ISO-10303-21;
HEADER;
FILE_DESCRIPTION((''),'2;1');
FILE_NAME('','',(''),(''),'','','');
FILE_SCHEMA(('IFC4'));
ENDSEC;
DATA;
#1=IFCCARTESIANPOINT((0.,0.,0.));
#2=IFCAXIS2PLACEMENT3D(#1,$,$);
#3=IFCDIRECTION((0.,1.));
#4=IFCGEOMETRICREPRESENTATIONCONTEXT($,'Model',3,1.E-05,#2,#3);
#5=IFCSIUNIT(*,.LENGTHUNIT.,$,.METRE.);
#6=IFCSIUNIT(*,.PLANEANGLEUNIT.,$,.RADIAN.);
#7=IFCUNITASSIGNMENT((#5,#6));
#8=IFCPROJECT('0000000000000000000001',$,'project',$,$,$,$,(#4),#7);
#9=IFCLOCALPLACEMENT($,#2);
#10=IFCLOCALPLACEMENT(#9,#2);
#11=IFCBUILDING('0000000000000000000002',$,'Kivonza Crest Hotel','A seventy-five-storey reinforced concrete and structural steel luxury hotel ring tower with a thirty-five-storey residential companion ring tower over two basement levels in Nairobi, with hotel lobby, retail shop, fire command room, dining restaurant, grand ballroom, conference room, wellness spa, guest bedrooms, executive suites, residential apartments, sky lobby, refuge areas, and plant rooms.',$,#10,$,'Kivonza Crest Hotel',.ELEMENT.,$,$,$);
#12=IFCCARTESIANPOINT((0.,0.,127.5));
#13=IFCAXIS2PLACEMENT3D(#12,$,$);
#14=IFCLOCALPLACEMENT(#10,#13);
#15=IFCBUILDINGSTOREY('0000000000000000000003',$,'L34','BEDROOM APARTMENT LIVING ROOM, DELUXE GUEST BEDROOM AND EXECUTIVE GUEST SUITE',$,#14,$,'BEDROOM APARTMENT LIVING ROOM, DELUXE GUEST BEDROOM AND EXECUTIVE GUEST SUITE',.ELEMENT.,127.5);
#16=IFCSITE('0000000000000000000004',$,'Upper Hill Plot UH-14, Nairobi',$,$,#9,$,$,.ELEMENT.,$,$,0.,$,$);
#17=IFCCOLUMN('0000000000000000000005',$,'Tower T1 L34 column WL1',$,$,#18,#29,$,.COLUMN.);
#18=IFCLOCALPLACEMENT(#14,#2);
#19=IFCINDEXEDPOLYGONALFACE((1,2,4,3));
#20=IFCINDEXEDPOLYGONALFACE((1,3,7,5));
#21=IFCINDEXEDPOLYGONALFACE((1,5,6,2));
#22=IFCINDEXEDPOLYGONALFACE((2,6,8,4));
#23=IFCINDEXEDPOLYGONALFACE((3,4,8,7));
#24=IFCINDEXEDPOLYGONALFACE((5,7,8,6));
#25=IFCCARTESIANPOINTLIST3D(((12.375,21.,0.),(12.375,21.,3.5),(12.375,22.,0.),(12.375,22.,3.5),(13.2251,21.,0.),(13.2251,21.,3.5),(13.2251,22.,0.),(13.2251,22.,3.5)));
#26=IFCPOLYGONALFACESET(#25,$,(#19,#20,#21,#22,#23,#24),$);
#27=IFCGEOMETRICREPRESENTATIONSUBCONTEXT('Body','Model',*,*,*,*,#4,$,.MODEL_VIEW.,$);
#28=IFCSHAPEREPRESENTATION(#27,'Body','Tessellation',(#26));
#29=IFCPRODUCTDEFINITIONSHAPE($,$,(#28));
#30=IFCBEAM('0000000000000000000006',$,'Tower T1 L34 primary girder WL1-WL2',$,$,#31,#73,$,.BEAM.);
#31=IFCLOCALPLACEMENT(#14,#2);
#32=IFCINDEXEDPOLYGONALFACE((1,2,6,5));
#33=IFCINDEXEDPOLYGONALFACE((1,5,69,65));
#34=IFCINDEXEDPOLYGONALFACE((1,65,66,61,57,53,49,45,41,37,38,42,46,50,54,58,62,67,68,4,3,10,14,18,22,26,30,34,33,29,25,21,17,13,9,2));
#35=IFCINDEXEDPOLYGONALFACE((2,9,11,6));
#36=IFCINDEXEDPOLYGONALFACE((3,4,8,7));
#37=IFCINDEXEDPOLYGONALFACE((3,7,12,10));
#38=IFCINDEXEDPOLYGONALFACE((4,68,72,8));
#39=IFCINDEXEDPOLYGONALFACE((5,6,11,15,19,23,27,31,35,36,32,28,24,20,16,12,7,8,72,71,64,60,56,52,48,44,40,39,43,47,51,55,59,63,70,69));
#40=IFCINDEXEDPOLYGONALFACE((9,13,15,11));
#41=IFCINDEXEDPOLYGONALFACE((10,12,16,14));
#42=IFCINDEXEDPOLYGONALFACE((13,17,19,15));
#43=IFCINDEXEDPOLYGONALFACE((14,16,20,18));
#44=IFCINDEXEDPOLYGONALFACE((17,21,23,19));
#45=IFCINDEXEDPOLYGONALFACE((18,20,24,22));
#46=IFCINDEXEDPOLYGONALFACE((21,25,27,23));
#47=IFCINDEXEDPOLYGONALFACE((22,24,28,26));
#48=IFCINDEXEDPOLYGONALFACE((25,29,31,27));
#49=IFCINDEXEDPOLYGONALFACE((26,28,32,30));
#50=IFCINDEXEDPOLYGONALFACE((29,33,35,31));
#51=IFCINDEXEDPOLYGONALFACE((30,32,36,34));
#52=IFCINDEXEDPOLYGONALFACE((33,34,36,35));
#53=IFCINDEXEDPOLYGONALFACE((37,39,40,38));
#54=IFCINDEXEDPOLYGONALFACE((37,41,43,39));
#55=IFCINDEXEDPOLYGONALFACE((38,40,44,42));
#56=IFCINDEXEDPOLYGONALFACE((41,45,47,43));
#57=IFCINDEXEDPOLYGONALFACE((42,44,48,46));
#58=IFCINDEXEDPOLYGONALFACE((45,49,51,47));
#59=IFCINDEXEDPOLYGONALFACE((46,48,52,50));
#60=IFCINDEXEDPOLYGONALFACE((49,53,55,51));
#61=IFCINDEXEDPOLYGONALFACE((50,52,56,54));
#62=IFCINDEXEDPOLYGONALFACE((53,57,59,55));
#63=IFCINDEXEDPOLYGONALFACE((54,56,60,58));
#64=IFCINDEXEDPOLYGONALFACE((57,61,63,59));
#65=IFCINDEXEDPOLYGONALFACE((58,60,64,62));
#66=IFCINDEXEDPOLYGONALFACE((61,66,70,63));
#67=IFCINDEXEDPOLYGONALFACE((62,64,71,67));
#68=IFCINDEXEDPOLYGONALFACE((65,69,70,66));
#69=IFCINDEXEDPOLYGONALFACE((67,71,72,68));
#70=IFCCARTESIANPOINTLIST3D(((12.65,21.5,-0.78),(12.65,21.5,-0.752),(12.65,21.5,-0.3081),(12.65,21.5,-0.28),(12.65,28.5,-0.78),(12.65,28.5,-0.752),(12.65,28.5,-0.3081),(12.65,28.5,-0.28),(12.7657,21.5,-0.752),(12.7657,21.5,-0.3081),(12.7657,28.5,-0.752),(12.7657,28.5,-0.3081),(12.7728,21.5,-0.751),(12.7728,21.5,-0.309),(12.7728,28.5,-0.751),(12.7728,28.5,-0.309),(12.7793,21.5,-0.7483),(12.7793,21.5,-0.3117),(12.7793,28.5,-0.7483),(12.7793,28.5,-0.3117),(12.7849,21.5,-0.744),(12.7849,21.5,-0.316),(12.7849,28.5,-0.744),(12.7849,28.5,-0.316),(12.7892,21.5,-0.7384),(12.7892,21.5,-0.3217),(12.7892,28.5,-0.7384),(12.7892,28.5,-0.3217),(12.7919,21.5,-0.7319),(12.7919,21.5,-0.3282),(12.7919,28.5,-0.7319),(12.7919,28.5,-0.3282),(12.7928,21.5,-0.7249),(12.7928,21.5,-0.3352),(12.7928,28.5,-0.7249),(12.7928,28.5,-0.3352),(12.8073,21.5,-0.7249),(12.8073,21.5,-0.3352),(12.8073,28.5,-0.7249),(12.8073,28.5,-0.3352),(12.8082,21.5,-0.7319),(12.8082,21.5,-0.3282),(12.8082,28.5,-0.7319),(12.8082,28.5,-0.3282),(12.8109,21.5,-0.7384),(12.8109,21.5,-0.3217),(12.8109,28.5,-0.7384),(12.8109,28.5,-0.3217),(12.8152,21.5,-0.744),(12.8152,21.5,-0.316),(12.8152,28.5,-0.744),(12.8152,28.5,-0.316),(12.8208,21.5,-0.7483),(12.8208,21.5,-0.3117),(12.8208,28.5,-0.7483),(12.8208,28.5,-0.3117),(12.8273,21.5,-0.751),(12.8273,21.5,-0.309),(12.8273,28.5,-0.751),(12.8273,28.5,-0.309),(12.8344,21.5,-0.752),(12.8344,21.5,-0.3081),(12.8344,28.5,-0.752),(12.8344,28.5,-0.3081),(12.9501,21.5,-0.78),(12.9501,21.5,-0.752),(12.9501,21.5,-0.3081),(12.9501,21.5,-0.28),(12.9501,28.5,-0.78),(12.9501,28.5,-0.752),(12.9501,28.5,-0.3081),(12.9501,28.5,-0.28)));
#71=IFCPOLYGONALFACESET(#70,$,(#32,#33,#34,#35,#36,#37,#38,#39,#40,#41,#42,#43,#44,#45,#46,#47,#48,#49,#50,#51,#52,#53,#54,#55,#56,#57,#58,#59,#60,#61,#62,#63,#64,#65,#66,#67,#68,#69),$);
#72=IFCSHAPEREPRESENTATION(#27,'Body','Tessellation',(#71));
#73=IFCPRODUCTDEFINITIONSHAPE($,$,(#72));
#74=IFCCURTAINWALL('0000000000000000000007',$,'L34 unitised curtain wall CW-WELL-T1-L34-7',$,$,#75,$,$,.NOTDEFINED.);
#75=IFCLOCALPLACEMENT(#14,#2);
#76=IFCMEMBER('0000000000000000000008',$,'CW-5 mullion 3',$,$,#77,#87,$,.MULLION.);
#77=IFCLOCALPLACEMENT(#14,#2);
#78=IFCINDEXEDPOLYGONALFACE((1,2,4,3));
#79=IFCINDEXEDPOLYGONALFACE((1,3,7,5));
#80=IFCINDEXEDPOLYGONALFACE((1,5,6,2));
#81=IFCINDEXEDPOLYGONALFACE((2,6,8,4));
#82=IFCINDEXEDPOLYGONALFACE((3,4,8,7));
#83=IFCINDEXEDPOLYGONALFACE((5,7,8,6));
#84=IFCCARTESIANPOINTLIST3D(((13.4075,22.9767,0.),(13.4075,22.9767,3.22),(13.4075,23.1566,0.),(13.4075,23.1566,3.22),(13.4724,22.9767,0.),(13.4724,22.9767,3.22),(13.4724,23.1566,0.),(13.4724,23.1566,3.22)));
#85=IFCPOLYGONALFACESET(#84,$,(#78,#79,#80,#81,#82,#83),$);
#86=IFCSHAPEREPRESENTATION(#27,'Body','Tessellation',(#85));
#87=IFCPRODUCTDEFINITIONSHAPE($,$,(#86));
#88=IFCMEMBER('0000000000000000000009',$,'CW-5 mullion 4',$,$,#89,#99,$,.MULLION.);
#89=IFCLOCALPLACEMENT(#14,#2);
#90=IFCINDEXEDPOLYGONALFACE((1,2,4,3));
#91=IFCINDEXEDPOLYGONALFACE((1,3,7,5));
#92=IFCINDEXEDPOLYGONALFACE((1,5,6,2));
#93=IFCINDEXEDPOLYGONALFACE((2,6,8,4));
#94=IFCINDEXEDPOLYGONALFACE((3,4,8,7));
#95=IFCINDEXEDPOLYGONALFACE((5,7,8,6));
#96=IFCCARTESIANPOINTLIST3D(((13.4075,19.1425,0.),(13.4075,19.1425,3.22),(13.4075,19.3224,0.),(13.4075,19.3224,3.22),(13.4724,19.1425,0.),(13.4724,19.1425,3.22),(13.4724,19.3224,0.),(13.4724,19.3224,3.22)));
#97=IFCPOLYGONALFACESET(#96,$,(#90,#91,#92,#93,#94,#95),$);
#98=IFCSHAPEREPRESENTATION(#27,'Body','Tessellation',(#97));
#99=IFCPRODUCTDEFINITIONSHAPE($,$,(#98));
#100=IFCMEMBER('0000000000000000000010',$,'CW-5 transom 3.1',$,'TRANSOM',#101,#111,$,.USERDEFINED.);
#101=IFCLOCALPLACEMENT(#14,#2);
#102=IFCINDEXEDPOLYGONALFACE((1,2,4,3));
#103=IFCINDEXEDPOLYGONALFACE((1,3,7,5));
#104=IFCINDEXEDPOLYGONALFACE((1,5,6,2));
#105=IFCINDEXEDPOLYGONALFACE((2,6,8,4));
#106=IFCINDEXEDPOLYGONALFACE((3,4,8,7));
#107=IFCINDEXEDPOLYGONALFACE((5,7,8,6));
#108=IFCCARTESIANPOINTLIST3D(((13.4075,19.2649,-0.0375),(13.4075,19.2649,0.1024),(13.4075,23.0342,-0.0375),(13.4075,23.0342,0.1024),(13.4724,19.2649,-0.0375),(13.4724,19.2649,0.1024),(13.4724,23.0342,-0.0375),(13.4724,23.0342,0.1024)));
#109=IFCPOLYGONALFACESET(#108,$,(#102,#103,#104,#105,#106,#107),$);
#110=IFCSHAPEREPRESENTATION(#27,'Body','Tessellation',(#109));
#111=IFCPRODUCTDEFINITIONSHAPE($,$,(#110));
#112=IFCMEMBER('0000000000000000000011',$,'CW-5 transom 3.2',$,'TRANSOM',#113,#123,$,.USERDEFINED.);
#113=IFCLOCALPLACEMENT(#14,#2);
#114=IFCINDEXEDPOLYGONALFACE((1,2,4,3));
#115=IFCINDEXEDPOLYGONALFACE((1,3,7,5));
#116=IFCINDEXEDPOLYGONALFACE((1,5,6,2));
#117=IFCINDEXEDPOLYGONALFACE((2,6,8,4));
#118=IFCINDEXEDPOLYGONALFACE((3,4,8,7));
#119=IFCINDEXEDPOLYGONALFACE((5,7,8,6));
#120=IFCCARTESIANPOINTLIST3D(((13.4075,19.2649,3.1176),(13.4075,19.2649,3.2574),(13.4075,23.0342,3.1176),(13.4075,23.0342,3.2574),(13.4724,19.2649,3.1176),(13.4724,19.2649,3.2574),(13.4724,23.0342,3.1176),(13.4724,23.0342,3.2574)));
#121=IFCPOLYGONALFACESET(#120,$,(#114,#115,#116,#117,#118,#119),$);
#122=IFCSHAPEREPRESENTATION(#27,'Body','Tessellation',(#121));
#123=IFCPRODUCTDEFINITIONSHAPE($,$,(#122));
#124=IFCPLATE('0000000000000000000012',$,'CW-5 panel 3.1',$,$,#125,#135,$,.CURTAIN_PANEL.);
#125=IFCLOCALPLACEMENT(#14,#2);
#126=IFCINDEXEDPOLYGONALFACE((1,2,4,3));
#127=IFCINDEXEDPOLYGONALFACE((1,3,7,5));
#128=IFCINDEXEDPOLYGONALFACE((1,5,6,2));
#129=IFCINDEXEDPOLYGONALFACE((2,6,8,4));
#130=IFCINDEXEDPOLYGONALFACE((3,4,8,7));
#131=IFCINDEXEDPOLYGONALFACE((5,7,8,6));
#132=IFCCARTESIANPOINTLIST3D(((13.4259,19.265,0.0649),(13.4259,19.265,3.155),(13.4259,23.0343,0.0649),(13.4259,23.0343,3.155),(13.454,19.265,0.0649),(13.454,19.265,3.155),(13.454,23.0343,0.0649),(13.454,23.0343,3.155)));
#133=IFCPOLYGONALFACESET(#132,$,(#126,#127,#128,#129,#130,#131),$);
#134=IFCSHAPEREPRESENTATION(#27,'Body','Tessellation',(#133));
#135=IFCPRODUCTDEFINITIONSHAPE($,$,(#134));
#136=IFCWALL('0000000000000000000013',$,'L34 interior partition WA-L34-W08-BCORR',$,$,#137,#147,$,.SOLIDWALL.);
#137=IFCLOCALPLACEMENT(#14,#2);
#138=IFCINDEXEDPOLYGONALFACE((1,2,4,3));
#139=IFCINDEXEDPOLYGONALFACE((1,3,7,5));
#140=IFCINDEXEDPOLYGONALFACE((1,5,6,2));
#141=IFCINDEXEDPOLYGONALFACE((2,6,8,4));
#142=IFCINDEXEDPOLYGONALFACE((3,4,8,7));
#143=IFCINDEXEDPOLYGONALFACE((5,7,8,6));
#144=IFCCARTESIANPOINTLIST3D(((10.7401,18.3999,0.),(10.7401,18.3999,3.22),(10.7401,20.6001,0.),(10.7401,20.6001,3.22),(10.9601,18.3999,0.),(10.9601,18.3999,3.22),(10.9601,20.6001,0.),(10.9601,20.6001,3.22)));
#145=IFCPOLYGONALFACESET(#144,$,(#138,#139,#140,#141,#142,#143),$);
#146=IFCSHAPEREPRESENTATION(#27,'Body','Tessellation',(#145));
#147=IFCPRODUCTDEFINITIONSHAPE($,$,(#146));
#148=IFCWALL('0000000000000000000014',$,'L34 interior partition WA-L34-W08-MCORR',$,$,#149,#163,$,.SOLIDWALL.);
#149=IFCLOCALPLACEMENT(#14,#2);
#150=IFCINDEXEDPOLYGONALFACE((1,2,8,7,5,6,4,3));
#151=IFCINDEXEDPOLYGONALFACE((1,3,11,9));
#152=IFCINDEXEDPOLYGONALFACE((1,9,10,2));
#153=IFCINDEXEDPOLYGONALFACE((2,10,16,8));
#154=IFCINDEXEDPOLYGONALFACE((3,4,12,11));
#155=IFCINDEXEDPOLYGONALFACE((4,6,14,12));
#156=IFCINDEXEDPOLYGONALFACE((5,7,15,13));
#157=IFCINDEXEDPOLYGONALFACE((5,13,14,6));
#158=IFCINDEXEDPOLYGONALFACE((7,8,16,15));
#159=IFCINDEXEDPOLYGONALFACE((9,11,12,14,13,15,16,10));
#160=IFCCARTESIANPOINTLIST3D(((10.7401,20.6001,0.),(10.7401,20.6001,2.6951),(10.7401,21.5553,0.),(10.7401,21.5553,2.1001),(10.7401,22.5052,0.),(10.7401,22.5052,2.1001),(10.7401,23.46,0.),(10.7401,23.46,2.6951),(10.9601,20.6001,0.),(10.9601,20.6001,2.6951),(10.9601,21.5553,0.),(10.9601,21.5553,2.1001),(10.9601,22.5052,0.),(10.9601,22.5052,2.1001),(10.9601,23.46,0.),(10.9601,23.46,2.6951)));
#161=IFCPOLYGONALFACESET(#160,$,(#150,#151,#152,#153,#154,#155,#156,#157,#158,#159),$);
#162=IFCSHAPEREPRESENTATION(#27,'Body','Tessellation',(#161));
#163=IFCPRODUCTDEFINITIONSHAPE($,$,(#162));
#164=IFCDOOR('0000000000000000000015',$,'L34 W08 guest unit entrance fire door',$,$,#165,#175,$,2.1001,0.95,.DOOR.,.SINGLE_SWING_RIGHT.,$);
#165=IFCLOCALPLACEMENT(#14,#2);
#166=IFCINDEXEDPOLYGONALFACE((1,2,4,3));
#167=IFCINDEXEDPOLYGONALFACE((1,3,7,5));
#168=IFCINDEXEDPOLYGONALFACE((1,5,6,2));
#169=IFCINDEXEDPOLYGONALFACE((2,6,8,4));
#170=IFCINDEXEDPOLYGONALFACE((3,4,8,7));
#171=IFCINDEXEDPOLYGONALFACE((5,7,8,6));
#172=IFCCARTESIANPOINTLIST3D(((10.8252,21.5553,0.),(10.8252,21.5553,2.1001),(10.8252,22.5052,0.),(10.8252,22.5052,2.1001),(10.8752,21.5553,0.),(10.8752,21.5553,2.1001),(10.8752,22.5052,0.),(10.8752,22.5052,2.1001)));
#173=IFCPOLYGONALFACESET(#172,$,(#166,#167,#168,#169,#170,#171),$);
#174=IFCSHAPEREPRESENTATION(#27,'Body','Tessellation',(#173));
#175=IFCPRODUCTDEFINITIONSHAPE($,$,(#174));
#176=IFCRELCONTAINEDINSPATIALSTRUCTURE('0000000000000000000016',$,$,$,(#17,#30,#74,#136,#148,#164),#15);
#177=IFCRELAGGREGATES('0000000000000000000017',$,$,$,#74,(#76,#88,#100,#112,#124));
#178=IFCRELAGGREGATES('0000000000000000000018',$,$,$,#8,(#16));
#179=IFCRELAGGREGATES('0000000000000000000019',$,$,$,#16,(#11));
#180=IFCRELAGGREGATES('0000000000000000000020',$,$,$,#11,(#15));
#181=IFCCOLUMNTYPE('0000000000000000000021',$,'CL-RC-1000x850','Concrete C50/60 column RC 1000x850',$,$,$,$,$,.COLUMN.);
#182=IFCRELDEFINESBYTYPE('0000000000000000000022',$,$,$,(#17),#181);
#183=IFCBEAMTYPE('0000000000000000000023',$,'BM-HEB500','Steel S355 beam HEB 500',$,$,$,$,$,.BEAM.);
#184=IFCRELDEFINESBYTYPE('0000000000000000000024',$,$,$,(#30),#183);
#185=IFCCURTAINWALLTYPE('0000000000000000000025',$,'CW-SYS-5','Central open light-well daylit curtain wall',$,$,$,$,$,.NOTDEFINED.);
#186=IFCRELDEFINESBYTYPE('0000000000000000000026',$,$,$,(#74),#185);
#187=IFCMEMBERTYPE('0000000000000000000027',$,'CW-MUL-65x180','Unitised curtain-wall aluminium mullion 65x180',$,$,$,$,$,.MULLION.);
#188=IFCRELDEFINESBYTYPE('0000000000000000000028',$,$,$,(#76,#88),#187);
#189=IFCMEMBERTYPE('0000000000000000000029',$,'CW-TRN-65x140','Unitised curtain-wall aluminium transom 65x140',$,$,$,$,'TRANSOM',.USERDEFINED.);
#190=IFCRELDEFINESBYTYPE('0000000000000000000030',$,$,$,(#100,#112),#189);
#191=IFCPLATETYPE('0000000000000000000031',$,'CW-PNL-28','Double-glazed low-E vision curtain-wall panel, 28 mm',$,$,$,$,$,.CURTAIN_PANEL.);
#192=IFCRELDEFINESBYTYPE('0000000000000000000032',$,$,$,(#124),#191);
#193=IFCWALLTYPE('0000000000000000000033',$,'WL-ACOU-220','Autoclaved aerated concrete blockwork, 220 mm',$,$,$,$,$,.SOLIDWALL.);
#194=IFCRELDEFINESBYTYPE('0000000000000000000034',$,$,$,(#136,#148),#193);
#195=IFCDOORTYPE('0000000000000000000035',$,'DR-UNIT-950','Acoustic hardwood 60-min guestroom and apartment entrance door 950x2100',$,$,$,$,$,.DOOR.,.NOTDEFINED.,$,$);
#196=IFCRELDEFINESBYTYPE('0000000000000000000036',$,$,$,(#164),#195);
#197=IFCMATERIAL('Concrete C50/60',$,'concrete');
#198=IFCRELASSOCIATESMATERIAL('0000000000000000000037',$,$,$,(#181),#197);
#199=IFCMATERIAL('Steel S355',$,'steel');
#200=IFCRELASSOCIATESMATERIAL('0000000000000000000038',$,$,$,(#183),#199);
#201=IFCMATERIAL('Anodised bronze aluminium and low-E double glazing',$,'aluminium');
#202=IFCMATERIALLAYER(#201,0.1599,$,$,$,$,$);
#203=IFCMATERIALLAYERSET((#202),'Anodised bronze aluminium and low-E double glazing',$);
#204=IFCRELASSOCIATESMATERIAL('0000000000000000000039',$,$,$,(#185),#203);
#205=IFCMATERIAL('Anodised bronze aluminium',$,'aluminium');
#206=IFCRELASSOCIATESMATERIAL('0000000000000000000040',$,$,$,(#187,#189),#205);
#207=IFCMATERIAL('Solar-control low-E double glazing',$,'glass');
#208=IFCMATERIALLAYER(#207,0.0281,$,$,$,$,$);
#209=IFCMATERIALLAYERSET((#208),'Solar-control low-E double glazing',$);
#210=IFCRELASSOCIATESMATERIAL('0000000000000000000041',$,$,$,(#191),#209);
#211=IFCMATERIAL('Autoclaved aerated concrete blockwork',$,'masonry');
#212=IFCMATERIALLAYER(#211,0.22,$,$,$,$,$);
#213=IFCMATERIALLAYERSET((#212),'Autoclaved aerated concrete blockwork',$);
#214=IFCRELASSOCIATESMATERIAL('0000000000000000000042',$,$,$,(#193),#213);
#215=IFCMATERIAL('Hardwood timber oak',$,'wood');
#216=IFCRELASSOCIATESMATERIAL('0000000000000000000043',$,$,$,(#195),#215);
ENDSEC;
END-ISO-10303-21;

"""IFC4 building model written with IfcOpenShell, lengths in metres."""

from ifc_helpers import new_model, si_unit, direction, frame, frame_2d, origin, origin_2d, place, context, subcontext, project, spatial, rectangle, i_section, extrude, material, layer, layer_set, material_profile, profile_set, type_object, element, fill, aggregate, save


model = new_model("IFC4")

# Units and contexts
model_context = context("Model", 3, precision=1e-05, world=origin(), true_north=direction((0.0, 1.0)))
body_context = subcontext(model_context, "Body", "Model", "MODEL_VIEW")
ifc_project = project(units=[si_unit("LENGTHUNIT", "METRE"), si_unit("PLANEANGLEUNIT", "RADIAN")], contexts=[model_context])

# Site, building, storey
site_placement = place(None, origin())
site = spatial("IfcSite", under=ifc_project, at=site_placement, Name="Upper Hill Plot UH-14, Nairobi", CompositionType="ELEMENT", RefElevation=0.0)
building_placement = place(site_placement, origin())
building = spatial("IfcBuilding", under=site, at=building_placement, Name="Kivonza Crest Hotel", Description="A seventy-five-storey reinforced concrete and structural steel luxury hotel ring tower with a thirty-five-storey residential companion ring tower over two basement levels in Nairobi, with hotel lobby, retail shop, fire command room, dining restaurant, grand ballroom, conference room, wellness spa, guest bedrooms, executive suites, residential apartments, sky lobby, refuge areas, and plant rooms.", LongName="Kivonza Crest Hotel", CompositionType="ELEMENT")
storey_placement = place(building_placement, frame((0.0, 0.0, 127.5)))
storey = spatial("IfcBuildingStorey", under=building, at=storey_placement, Name="L34", Description="BEDROOM APARTMENT LIVING ROOM, DELUXE GUEST BEDROOM AND EXECUTIVE GUEST SUITE", LongName="BEDROOM APARTMENT LIVING ROOM, DELUXE GUEST BEDROOM AND EXECUTIVE GUEST SUITE", CompositionType="ELEMENT", Elevation=127.5)

# Column
ifc_material_1 = material(Name="Concrete C50/60", Category="concrete")
ifc_material_profile_1 = material_profile(ifc_material_1, rectangle(XDim=0.8501, YDim=1.0, at=origin_2d()), Name="RC 1000x850")
ifc_profile_set_1 = profile_set([ifc_material_profile_1], Name="Concrete C50/60")
column_type = type_object("IfcColumnType", Name="CL-RC-1000x850", Description="Concrete C50/60 column RC 1000x850", PredefinedType="COLUMN", material=ifc_profile_set_1)
column_placement = place(storey_placement, frame((12.8, 21.5, 0.0), z_axis=(0.0, 0.0, 1.0), x_axis=(1.0, 0.0, 0.0)))
element("IfcColumn", 1, at=column_placement, inside=storey, type_object=column_type, Name="Tower T1 L34 column WL1", PredefinedType="COLUMN", context=body_context, shape_type="SweptSolid", body=[
    extrude(rectangle(XDim=0.8501, YDim=1.0, at=origin_2d()), origin(), (0.0, 0.0, 1.0), 3.5),
])

# Beam
ifc_material_2 = material(Name="Steel S355", Category="steel")
ifc_material_profile_2 = material_profile(ifc_material_2, i_section(OverallWidth=0.3, OverallDepth=0.5, WebThickness=0.0144, FlangeThickness=0.0281, FilletRadius=0.0271, at=origin_2d()), Name="HEB 500")
ifc_profile_set_2 = profile_set([ifc_material_profile_2], Name="Steel S355")
beam_type = type_object("IfcBeamType", Name="BM-HEB500", Description="Steel S355 beam HEB 500", PredefinedType="BEAM", material=ifc_profile_set_2)
beam_placement = place(storey_placement, frame((12.8, 21.5, -0.53), z_axis=(0.0, 1.0, 0.0), x_axis=(-1.0, 0.0, 0.0)))
element("IfcBeam", 2, at=beam_placement, inside=storey, type_object=beam_type, Name="Tower T1 L34 primary girder WL1-WL2", PredefinedType="BEAM", context=body_context, shape_type="SweptSolid", body=[
    extrude(i_section(OverallWidth=0.3, OverallDepth=0.5, WebThickness=0.0144, FlangeThickness=0.0281, FilletRadius=0.0271, at=origin_2d()), origin(), (0.0, 0.0, 1.0), 7.0),
])

# Curtain wall, members, plate
ifc_material_3 = material(Name="Anodised bronze aluminium and low-E double glazing", Category="aluminium")
ifc_layer_1 = layer(ifc_material_3, 0.1599)
ifc_layer_set_1 = layer_set([ifc_layer_1], Name="Anodised bronze aluminium and low-E double glazing")
curtain_wall_type = type_object("IfcCurtainWallType", Name="CW-SYS-5", Description="Central open light-well daylit curtain wall", PredefinedType="NOTDEFINED", material=ifc_layer_set_1)
curtain_wall_placement = place(storey_placement, origin())
curtain_wall = element("IfcCurtainWall", 3, at=curtain_wall_placement, inside=storey, type_object=curtain_wall_type, Name="L34 unitised curtain wall CW-WELL-T1-L34-7", PredefinedType="NOTDEFINED")
ifc_material_4 = material(Name="Anodised bronze aluminium", Category="aluminium")
ifc_material_profile_3 = material_profile(ifc_material_4, rectangle(XDim=0.0649, YDim=0.1799, at=origin_2d()), Name="CW-M 65x180")
ifc_profile_set_3 = profile_set([ifc_material_profile_3], Name="Anodised bronze aluminium")
member_type_1 = type_object("IfcMemberType", Name="CW-MUL-65x180", Description="Unitised curtain-wall aluminium mullion 65x180", PredefinedType="MULLION", material=ifc_profile_set_3)
member_1_placement = place(storey_placement, frame((13.4399, 23.0667, 0.0), z_axis=(0.0, 0.0, 1.0), x_axis=(1.0, 0.0, 0.0)))
member_1 = element("IfcMember", 4, at=member_1_placement, type_object=member_type_1, Name="CW-5 mullion 3", PredefinedType="MULLION", context=body_context, shape_type="SweptSolid", body=[
    extrude(rectangle(XDim=0.0649, YDim=0.1799, at=origin_2d()), origin(), (0.0, 0.0, 1.0), 3.22),
])
member_2_placement = place(storey_placement, frame((13.4399, 19.2324, 0.0), z_axis=(0.0, 0.0, 1.0), x_axis=(1.0, 0.0, 0.0)))
member_2 = element("IfcMember", 5, at=member_2_placement, type_object=member_type_1, Name="CW-5 mullion 4", PredefinedType="MULLION", context=body_context, shape_type="SweptSolid", body=[
    extrude(rectangle(XDim=0.0649, YDim=0.1799, at=origin_2d()), origin(), (0.0, 0.0, 1.0), 3.22),
])
ifc_material_profile_4 = material_profile(ifc_material_4, rectangle(XDim=0.0649, YDim=0.1399, at=origin_2d()), Name="CW-T 65x140")
ifc_profile_set_4 = profile_set([ifc_material_profile_4], Name="Anodised bronze aluminium")
member_type_2 = type_object("IfcMemberType", Name="CW-TRN-65x140", Description="Unitised curtain-wall aluminium transom 65x140", ElementType="TRANSOM", PredefinedType="USERDEFINED", material=ifc_profile_set_4)
member_3_placement = place(storey_placement, frame((13.4399, 23.0342, 0.0325), z_axis=(0.0, -1.0, 0.0), x_axis=(1.0, 0.0, 0.0)))
member_3 = element("IfcMember", 6, at=member_3_placement, type_object=member_type_2, Name="CW-5 transom 3.1", ObjectType="TRANSOM", PredefinedType="USERDEFINED", context=body_context, shape_type="SweptSolid", body=[
    extrude(rectangle(XDim=0.0649, YDim=0.1399, at=origin_2d()), origin(), (0.0, 0.0, 1.0), 3.7693),
])
member_4_placement = place(storey_placement, frame((13.4399, 23.0342, 3.1875), z_axis=(0.0, -1.0, 0.0), x_axis=(1.0, 0.0, 0.0)))
member_4 = element("IfcMember", 7, at=member_4_placement, type_object=member_type_2, Name="CW-5 transom 3.2", ObjectType="TRANSOM", PredefinedType="USERDEFINED", context=body_context, shape_type="SweptSolid", body=[
    extrude(rectangle(XDim=0.0649, YDim=0.1399, at=origin_2d()), origin(), (0.0, 0.0, 1.0), 3.7693),
])
ifc_material_5 = material(Name="Solar-control low-E double glazing", Category="glass")
ifc_layer_2 = layer(ifc_material_5, 0.0281)
ifc_layer_set_2 = layer_set([ifc_layer_2], Name="Solar-control low-E double glazing")
plate_type = type_object("IfcPlateType", Name="CW-PNL-28", Description="Double-glazed low-E vision curtain-wall panel, 28 mm", PredefinedType="CURTAIN_PANEL", material=ifc_layer_set_2)
plate_placement = place(storey_placement, frame((13.4399, 21.1497, 0.0649), z_axis=(0.0, 0.0, 1.0), x_axis=(0.0, -1.0, 0.0)))
plate = element("IfcPlate", 8, at=plate_placement, type_object=plate_type, Name="CW-5 panel 3.1", PredefinedType="CURTAIN_PANEL", context=body_context, shape_type="SweptSolid", body=[
    extrude(rectangle(XDim=3.7693, YDim=0.0281, at=origin_2d()), origin(), (0.0, 0.0, 1.0), 3.0901),
])
aggregate(curtain_wall, [member_1, member_2, member_3, member_4, plate])

# Wall
ifc_material_6 = material(Name="Autoclaved aerated concrete blockwork", Category="masonry")
ifc_layer_3 = layer(ifc_material_6, 0.22)
ifc_layer_set_3 = layer_set([ifc_layer_3], Name="Autoclaved aerated concrete blockwork")
wall_type_1 = type_object("IfcWallType", Name="WL-ACOU-220", Description="Autoclaved aerated concrete blockwork, 220 mm", PredefinedType="SOLIDWALL", material=ifc_layer_set_3)
wall_1_placement = place(storey_placement, frame((10.8501, 18.3999, 0.0), z_axis=(0.0, 0.0, 1.0), x_axis=(0.0, 1.0, 0.0)))
element("IfcWall", 9, at=wall_1_placement, inside=storey, type_object=wall_type_1, Name="L34 interior partition WA-L34-W08-BCORR", PredefinedType="SOLIDWALL", context=body_context, shape_type="SweptSolid", body=[
    extrude(rectangle(XDim=2.2002, YDim=0.22, at=frame_2d((1.1001, 0.0))), origin(), (0.0, 0.0, 1.0), 3.22),
])

# Wall, opening, door
wall_2_placement = place(storey_placement, frame((10.8501, 20.6001, 0.0), z_axis=(0.0, 0.0, 1.0), x_axis=(0.0, 1.0, 0.0)))
wall_2 = element("IfcWall", 10, at=wall_2_placement, inside=storey, type_object=wall_type_1, Name="L34 interior partition WA-L34-W08-MCORR", PredefinedType="SOLIDWALL", context=body_context, shape_type="SweptSolid", body=[
    extrude(rectangle(XDim=2.8599, YDim=0.22, at=frame_2d((1.4299, 0.0))), origin(), (0.0, 0.0, 1.0), 2.6951),
])
opening_1_placement = place(wall_2_placement, frame((0.9551, 0.0, 0.0)))
opening_1 = element("IfcOpeningElement", 11, at=opening_1_placement, cuts=wall_2, PredefinedType="OPENING", context=body_context, shape_type="SweptSolid", body=[
    extrude(rectangle(XDim=0.95, YDim=2.1001, at=frame_2d((0.4751, 1.05))), frame((0.0, 0.1201, 0.0), z_axis=(0.0, -1.0, 0.0), x_axis=(1.0, 0.0, 0.0)), (0.0, 0.0, 1.0), 0.24),
])
ifc_material_7 = material(Name="Hardwood timber oak", Category="wood")
door_type_1 = type_object("IfcDoorType", Name="DR-UNIT-950", Description="Acoustic hardwood 60-min guestroom and apartment entrance door 950x2100", OperationType="NOTDEFINED", PredefinedType="DOOR", material=ifc_material_7)
door_1_placement = place(opening_1_placement, origin())
door_1 = element("IfcDoor", 12, at=door_1_placement, inside=storey, type_object=door_type_1, Name="L34 W08 guest unit entrance fire door", OperationType="SINGLE_SWING_RIGHT", OverallHeight=2.1001, OverallWidth=0.95, PredefinedType="DOOR", context=body_context, shape_type="SweptSolid", body=[
    extrude(rectangle(XDim=0.95, YDim=2.1001, at=frame_2d((0.4751, 1.05))), frame((0.0, 0.0249, 0.0), z_axis=(0.0, -1.0, 0.0), x_axis=(1.0, 0.0, 0.0)), (0.0, 0.0, 1.0), 0.05),
])
fill(opening_1, door_1)

save(model, "model.ifc")
